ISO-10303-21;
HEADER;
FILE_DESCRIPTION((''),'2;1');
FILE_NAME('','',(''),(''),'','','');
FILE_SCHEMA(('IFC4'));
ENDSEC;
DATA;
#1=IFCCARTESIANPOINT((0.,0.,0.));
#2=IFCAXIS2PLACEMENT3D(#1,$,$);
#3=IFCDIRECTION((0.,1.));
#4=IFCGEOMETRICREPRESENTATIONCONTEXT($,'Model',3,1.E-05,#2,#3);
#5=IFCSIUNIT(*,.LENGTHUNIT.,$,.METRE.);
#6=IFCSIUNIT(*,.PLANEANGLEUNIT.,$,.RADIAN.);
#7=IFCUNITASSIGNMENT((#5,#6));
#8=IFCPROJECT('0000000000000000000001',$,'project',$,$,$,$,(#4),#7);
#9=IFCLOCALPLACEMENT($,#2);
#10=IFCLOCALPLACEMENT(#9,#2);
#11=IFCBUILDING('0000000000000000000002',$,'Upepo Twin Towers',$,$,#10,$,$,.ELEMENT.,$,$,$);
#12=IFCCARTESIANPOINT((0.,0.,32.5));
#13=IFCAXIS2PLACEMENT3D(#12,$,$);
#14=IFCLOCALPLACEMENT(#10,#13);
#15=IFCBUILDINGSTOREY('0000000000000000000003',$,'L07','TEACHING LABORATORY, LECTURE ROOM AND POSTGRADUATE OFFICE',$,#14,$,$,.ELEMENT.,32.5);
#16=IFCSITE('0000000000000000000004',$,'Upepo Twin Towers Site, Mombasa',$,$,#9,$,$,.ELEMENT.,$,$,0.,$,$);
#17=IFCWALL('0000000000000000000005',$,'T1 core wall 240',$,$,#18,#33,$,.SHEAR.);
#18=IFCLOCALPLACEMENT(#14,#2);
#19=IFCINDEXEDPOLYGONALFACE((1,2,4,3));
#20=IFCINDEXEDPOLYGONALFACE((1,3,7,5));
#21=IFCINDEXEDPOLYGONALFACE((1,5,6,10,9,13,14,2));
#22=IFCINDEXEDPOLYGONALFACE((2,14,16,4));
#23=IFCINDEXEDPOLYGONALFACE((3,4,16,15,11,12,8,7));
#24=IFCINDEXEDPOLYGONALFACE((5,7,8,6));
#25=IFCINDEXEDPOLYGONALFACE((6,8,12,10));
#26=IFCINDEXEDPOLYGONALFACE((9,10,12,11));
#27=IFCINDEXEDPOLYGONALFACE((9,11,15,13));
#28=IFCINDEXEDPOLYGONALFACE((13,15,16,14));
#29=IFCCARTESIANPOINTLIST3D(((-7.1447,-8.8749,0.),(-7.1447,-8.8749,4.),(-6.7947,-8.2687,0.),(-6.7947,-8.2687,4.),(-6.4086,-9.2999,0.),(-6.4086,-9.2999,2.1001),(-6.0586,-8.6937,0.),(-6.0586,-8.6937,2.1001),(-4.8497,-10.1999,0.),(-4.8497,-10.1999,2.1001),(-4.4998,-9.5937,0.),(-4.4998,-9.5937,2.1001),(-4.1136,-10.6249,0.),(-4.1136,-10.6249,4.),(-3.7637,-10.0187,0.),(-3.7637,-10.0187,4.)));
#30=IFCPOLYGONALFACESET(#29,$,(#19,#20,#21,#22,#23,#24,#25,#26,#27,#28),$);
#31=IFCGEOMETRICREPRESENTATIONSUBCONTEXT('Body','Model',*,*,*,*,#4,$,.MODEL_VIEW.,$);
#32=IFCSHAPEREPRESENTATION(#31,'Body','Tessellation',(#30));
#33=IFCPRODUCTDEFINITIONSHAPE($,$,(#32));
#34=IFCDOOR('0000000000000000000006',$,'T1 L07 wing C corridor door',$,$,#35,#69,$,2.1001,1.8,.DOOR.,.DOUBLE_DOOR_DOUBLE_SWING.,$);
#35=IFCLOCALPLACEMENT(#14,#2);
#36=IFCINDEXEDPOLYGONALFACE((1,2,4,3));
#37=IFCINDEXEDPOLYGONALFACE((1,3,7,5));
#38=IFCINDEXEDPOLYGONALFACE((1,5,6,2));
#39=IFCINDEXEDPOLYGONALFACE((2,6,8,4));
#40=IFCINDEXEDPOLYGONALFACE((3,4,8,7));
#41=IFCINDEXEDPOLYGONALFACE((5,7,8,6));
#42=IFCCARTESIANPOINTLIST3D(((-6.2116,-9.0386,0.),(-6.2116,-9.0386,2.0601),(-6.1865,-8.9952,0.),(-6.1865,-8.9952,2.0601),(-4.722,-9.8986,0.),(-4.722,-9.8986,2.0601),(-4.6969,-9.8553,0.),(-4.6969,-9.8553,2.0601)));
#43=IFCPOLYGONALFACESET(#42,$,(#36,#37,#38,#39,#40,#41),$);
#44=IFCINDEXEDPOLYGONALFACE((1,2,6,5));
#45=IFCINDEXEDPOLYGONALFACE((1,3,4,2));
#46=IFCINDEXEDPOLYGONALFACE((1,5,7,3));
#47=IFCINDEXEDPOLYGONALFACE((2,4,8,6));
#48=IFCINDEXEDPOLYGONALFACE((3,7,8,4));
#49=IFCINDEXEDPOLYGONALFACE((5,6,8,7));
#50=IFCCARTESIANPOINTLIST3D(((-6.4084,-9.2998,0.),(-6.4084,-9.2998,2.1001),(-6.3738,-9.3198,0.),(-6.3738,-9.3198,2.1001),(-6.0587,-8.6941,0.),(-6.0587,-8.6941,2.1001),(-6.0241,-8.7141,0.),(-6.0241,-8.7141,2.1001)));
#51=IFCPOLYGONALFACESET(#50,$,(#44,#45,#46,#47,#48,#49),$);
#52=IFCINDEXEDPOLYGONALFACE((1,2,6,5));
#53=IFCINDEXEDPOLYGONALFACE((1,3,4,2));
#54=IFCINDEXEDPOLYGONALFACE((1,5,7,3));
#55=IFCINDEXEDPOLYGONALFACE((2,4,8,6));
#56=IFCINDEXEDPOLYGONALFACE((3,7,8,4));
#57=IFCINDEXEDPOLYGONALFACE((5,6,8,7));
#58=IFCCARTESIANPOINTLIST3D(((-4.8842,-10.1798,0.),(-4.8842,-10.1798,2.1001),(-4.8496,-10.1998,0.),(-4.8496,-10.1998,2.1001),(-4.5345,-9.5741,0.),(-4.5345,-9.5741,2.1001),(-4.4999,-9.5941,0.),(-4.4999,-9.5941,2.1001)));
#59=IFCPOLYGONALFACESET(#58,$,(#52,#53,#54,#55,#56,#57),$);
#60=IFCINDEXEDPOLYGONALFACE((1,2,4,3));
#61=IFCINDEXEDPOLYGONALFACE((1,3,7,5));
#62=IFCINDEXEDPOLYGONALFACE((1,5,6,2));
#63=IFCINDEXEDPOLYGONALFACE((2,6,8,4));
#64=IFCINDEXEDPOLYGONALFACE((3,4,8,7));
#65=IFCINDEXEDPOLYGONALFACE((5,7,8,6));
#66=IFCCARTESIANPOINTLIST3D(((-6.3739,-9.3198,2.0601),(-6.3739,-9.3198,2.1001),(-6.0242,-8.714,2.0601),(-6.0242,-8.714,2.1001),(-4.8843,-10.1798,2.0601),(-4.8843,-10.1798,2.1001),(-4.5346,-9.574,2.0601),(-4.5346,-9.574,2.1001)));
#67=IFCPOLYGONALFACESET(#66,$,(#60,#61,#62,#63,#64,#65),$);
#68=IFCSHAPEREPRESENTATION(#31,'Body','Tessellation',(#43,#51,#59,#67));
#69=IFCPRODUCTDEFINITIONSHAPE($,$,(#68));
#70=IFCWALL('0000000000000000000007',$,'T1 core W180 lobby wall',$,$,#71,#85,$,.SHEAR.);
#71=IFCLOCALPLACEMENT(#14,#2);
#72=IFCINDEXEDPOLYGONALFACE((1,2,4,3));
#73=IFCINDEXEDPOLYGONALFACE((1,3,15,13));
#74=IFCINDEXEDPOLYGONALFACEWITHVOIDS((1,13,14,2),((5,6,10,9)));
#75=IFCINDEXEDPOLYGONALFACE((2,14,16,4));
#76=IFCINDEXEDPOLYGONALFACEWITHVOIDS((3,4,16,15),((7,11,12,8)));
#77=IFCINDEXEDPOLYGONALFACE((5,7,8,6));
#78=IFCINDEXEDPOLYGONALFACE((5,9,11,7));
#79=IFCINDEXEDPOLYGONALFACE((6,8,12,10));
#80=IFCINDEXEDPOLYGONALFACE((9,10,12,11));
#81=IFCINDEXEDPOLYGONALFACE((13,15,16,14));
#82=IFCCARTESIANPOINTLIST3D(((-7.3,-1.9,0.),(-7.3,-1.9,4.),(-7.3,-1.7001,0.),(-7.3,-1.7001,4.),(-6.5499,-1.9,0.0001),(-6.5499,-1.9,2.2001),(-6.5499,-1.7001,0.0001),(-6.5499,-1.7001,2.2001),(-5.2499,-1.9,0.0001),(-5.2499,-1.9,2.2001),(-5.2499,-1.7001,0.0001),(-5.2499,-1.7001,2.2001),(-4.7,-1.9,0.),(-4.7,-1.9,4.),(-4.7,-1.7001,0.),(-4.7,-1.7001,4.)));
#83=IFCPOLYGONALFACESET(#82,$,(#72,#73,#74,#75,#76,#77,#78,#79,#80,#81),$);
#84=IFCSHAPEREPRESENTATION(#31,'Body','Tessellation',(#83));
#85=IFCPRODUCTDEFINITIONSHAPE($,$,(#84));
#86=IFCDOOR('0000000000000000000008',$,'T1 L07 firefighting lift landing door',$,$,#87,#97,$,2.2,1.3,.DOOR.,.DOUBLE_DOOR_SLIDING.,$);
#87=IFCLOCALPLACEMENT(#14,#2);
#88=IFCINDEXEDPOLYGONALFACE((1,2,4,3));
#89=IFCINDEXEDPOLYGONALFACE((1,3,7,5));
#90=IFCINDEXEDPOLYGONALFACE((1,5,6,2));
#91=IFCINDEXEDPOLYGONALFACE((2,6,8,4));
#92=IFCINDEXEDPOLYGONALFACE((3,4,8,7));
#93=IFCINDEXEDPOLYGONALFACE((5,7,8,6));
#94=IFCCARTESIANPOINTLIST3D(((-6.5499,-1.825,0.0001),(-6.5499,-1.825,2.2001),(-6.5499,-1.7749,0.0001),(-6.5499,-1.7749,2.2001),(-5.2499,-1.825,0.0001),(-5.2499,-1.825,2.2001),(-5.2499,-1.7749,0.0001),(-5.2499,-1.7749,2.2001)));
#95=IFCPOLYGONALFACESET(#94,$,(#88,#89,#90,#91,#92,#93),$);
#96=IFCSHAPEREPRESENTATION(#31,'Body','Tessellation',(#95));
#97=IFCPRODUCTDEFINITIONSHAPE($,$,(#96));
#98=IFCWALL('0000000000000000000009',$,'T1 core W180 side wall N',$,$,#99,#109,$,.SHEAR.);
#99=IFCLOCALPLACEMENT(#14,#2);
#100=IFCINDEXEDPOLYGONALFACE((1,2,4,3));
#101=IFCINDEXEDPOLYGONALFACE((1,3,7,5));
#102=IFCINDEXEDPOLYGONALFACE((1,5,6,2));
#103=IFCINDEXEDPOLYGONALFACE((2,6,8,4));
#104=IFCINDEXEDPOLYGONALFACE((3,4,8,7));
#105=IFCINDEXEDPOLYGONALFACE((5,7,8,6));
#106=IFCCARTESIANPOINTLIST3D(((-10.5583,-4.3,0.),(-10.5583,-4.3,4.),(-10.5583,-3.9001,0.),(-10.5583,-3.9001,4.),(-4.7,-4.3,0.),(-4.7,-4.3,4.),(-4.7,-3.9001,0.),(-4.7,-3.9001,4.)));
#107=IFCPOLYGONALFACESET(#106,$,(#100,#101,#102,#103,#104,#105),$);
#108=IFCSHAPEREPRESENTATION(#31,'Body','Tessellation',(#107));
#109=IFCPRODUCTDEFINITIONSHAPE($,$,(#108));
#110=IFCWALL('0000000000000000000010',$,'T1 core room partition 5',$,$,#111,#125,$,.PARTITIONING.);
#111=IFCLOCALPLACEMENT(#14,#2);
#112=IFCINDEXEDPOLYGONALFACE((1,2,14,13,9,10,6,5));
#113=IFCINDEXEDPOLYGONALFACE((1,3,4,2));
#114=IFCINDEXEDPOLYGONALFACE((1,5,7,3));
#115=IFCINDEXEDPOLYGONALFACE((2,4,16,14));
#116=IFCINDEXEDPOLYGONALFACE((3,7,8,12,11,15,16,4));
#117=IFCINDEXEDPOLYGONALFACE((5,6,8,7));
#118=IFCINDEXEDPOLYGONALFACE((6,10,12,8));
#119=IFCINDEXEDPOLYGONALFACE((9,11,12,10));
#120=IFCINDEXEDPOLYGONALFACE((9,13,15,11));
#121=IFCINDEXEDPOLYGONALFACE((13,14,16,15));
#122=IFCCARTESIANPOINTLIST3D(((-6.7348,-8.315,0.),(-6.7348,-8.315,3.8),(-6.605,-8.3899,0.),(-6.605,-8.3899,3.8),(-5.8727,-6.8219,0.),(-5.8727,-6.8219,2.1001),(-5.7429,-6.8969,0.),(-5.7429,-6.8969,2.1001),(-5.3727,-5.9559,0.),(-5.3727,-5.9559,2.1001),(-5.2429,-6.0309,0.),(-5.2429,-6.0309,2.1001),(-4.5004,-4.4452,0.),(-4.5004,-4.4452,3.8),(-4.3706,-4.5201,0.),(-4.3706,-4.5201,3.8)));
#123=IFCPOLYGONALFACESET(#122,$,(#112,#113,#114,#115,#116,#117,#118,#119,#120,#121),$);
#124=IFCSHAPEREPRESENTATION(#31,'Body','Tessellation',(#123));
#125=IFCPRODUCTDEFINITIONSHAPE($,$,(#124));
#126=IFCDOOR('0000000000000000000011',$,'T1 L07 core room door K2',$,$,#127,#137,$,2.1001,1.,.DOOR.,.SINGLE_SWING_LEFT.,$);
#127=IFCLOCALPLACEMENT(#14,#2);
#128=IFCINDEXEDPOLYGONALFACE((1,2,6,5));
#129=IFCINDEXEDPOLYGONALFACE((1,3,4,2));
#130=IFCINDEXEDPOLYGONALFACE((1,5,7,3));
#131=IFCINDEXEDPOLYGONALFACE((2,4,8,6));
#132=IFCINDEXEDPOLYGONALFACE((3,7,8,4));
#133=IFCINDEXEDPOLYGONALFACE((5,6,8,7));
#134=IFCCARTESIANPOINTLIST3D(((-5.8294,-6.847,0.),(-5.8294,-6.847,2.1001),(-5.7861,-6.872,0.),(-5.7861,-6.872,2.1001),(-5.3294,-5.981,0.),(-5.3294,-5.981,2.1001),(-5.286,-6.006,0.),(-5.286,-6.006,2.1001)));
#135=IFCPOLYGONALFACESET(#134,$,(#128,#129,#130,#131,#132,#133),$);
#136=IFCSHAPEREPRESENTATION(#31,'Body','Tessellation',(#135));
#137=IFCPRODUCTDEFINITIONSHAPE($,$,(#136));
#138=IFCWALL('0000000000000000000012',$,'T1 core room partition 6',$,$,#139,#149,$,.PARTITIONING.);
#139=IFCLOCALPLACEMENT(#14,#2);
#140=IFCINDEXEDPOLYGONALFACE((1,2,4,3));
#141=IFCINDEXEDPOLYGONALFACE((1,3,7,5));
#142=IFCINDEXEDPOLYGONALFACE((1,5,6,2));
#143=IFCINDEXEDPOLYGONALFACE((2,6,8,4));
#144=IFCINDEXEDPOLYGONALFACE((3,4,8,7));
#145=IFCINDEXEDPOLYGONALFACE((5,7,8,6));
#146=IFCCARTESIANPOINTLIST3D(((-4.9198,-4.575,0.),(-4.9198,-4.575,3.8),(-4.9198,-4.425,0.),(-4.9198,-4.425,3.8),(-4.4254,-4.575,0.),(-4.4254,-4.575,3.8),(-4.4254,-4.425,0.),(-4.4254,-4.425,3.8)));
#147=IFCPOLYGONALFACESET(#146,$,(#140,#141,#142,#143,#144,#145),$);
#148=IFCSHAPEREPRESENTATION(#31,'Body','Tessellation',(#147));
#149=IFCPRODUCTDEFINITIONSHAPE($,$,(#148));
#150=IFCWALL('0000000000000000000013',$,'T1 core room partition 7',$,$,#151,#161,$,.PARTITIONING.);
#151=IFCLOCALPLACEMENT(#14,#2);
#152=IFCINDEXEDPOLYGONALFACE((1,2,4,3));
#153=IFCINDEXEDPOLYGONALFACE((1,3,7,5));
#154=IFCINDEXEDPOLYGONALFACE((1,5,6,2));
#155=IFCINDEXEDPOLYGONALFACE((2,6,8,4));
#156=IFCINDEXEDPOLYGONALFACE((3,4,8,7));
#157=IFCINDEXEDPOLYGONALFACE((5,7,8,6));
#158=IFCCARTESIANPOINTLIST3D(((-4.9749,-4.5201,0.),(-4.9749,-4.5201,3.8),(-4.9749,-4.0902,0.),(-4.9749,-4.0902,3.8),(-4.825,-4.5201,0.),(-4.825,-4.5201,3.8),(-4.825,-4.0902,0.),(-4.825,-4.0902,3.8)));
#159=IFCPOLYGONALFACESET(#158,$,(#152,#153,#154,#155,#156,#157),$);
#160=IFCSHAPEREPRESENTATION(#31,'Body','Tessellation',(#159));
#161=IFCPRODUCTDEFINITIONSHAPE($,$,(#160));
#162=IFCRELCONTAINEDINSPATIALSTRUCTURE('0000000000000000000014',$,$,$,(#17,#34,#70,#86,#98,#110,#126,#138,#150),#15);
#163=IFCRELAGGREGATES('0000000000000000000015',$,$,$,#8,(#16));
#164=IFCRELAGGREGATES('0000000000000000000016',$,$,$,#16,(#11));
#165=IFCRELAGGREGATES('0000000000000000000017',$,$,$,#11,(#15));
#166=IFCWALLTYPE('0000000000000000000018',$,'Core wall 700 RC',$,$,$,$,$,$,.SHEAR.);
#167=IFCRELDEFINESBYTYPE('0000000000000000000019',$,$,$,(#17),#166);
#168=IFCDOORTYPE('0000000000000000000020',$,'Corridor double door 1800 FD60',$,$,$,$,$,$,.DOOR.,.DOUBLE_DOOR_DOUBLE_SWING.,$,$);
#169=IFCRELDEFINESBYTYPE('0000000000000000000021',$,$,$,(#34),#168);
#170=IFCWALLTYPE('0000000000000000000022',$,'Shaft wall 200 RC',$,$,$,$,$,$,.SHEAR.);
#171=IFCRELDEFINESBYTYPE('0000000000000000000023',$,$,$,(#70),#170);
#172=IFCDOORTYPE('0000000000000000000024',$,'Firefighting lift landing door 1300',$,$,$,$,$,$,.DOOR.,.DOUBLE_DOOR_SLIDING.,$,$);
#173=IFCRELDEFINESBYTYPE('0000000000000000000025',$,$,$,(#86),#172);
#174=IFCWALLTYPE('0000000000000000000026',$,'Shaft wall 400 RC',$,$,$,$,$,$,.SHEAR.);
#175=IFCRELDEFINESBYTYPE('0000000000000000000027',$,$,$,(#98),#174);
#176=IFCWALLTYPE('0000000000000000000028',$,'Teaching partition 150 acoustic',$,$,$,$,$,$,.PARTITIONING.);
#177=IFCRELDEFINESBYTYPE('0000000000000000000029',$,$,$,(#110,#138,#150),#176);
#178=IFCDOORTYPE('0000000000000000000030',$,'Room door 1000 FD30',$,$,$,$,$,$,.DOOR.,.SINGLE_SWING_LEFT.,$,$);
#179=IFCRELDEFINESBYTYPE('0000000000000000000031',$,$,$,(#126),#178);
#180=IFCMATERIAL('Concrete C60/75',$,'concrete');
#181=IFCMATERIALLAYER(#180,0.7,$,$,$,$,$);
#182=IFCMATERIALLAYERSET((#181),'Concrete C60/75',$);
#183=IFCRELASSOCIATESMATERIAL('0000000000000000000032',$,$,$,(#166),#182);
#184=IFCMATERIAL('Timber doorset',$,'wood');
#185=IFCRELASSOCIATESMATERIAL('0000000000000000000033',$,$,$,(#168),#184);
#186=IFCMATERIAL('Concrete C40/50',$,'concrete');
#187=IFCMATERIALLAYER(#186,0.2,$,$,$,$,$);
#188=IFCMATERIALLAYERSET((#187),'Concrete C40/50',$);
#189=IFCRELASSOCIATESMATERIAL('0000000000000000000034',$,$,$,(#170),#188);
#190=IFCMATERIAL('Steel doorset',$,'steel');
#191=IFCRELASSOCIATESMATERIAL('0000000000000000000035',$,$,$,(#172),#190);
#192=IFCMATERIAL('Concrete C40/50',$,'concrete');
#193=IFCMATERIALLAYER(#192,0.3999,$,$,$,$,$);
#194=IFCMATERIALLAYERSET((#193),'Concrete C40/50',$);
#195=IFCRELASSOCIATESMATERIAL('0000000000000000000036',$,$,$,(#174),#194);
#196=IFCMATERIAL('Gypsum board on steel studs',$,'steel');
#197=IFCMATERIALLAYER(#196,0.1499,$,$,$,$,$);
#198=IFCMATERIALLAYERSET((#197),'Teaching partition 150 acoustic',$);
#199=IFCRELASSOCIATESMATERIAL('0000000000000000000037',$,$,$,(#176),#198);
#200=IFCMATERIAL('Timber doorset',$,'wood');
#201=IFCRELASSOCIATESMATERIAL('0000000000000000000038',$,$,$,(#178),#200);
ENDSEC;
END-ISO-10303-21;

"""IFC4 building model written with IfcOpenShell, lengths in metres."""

from ifc_helpers import new_model, si_unit, direction, frame, frame_2d, origin, place, context, subcontext, project, spatial, rectangle, extrude, material, layer, layer_set, type_object, element, fill, save


model = new_model("IFC4")

# Units and contexts
model_context = context("Model", 3, precision=1e-05, world=origin(), true_north=direction((0.0, 1.0)))
body_context = subcontext(model_context, "Body", "Model", "MODEL_VIEW")
ifc_project = project(units=[si_unit("LENGTHUNIT", "METRE"), si_unit("PLANEANGLEUNIT", "RADIAN")], contexts=[model_context])

# Site, building, storey
site_placement = place(None, origin())
site = spatial("IfcSite", under=ifc_project, at=site_placement, Name="Upepo Twin Towers Site, Mombasa", CompositionType="ELEMENT", RefElevation=0.0)
building_placement = place(site_placement, origin())
building = spatial("IfcBuilding", under=site, at=building_placement, Name="Upepo Twin Towers", CompositionType="ELEMENT")
storey_placement = place(building_placement, frame((0.0, 0.0, 32.5)))
storey = spatial("IfcBuildingStorey", under=building, at=storey_placement, Name="L07", Description="TEACHING LABORATORY, LECTURE ROOM AND POSTGRADUATE OFFICE", CompositionType="ELEMENT", Elevation=32.5)

# Shared definitions
ifc_material_1 = material(Name="Concrete C60/75", Category="concrete")
ifc_layer_1 = layer(ifc_material_1, 0.7)
ifc_layer_set_1 = layer_set([ifc_layer_1], Name="Concrete C60/75")
wall_type_1 = type_object("IfcWallType", Name="Core wall 700 RC", PredefinedType="SHEAR", material=ifc_layer_set_1)

# Walls, openings, doors
wall_1_placement = place(storey_placement, frame((-6.9697, -8.5718, 0.0), z_axis=(0.0, 0.0, 1.0), x_axis=(0.866019, -0.50001, 0.0)))
wall_1 = element("IfcWall", 1, at=wall_1_placement, inside=storey, type_object=wall_type_1, Name="T1 core wall 240", PredefinedType="SHEAR", context=body_context, shape_type="SweptSolid", body=[
    extrude(rectangle(XDim=3.5, YDim=0.7, at=frame_2d((1.75, 0.0))), origin(), (0.0, 0.0, 1.0), 4.0),
])
opening_1_placement = place(wall_1_placement, frame((0.8501, 0.0, 0.0)))
opening_1 = element("IfcOpeningElement", 2, at=opening_1_placement, cuts=wall_1, PredefinedType="OPENING", context=body_context, shape_type="SweptSolid", body=[
    extrude(rectangle(XDim=1.8, YDim=2.1001, at=frame_2d((0.8999, 1.05))), frame((0.0, 0.3599, 0.0), z_axis=(0.0, -1.0, 0.0), x_axis=(1.0, 0.0, 0.0)), (0.0, 0.0, 1.0), 0.72),
])
ifc_material_2 = material(Name="Timber doorset", Category="wood")
door_type_1 = type_object("IfcDoorType", Name="Corridor double door 1800 FD60", OperationType="DOUBLE_DOOR_DOUBLE_SWING", PredefinedType="DOOR", material=ifc_material_2)
door_1_placement = place(opening_1_placement, origin())
door_1 = element("IfcDoor", 3, at=door_1_placement, inside=storey, type_object=door_type_1, Name="T1 L07 wing C corridor door", OperationType="DOUBLE_DOOR_DOUBLE_SWING", OverallHeight=2.1001, OverallWidth=1.8, PredefinedType="DOOR", context=body_context, shape_type="SweptSolid", body=[
    extrude(rectangle(XDim=1.72, YDim=2.0601, at=frame_2d((0.8999, 1.03))), frame((0.0, 0.0249, 0.0), z_axis=(0.0, -1.0, 0.0), x_axis=(1.0, 0.0, 0.0)), (0.0, 0.0, 1.0), 0.05),
    extrude(rectangle(XDim=0.04, YDim=2.1001, at=frame_2d((0.02, 1.05))), frame((0.0, 0.3496, 0.0), z_axis=(0.0, -1.0, 0.0), x_axis=(1.0, 0.0, 0.0)), (0.0, 0.0, 1.0), 0.6995),
    extrude(rectangle(XDim=0.04, YDim=2.1001, at=frame_2d((1.78, 1.05))), frame((0.0, 0.3496, 0.0), z_axis=(0.0, -1.0, 0.0), x_axis=(1.0, 0.0, 0.0)), (0.0, 0.0, 1.0), 0.6995),
    extrude(rectangle(XDim=1.72, YDim=0.04, at=frame_2d((0.8999, 2.0801))), frame((0.0, 0.3496, 0.0), z_axis=(0.0, -1.0, 0.0), x_axis=(1.0, 0.0, 0.0)), (0.0, 0.0, 1.0), 0.6995),
])
fill(opening_1, door_1)
ifc_material_3 = material(Name="Concrete C40/50", Category="concrete")
ifc_layer_2 = layer(ifc_material_3, 0.2)
ifc_layer_set_2 = layer_set([ifc_layer_2], Name="Concrete C40/50")
wall_type_2 = type_object("IfcWallType", Name="Shaft wall 200 RC", PredefinedType="SHEAR", material=ifc_layer_set_2)
wall_2_placement = place(storey_placement, frame((-4.7, -1.8, 0.0), z_axis=(0.0, 0.0, 1.0), x_axis=(-1.0, 0.0, 0.0)))
wall_2 = element("IfcWall", 4, at=wall_2_placement, inside=storey, type_object=wall_type_2, Name="T1 core W180 lobby wall", PredefinedType="SHEAR", context=body_context, shape_type="SweptSolid", body=[
    extrude(rectangle(XDim=2.6001, YDim=0.2, at=frame_2d((1.3, 0.0))), origin(), (0.0, 0.0, 1.0), 4.0),
])
opening_2_placement = place(wall_2_placement, frame((0.55, 0.0, 0.0)))
opening_2 = element("IfcOpeningElement", 5, at=opening_2_placement, cuts=wall_2, PredefinedType="OPENING", context=body_context, shape_type="SweptSolid", body=[
    extrude(rectangle(XDim=1.3, YDim=2.2, at=frame_2d((0.6499, 1.1001))), frame((0.0, 0.1099, 0.0), z_axis=(0.0, -1.0, 0.0), x_axis=(1.0, 0.0, 0.0)), (0.0, 0.0, 1.0), 0.22),
])
ifc_material_4 = material(Name="Steel doorset", Category="steel")
door_type_2 = type_object("IfcDoorType", Name="Firefighting lift landing door 1300", OperationType="DOUBLE_DOOR_SLIDING", PredefinedType="DOOR", material=ifc_material_4)
door_2_placement = place(opening_2_placement, origin())
door_2 = element("IfcDoor", 6, at=door_2_placement, inside=storey, type_object=door_type_2, Name="T1 L07 firefighting lift landing door", OperationType="DOUBLE_DOOR_SLIDING", OverallHeight=2.2, OverallWidth=1.3, PredefinedType="DOOR", context=body_context, shape_type="SweptSolid", body=[
    extrude(rectangle(XDim=1.3, YDim=2.2, at=frame_2d((0.6499, 1.1001))), frame((0.0, 0.0249, 0.0), z_axis=(0.0, -1.0, 0.0), x_axis=(1.0, 0.0, 0.0)), (0.0, 0.0, 1.0), 0.05),
])
fill(opening_2, door_2)

# Wall
ifc_material_5 = material(Name="Concrete C40/50", Category="concrete")
ifc_layer_3 = layer(ifc_material_5, 0.3999)
ifc_layer_set_3 = layer_set([ifc_layer_3], Name="Concrete C40/50")
wall_type_3 = type_object("IfcWallType", Name="Shaft wall 400 RC", PredefinedType="SHEAR", material=ifc_layer_set_3)
wall_3_placement = place(storey_placement, frame((-4.7, -4.1001, 0.0), z_axis=(0.0, 0.0, 1.0), x_axis=(-1.0, 0.0, 0.0)))
element("IfcWall", 7, at=wall_3_placement, inside=storey, type_object=wall_type_3, Name="T1 core W180 side wall N", PredefinedType="SHEAR", context=body_context, shape_type="SweptSolid", body=[
    extrude(rectangle(XDim=5.8584, YDim=0.3999, at=frame_2d((2.9292, 0.0))), origin(), (0.0, 0.0, 1.0), 4.0),
])

# Wall, opening, door
ifc_material_6 = material(Name="Gypsum board on steel studs", Category="steel")
ifc_layer_4 = layer(ifc_material_6, 0.1499)
ifc_layer_set_4 = layer_set([ifc_layer_4], Name="Teaching partition 150 acoustic")
wall_type_4 = type_object("IfcWallType", Name="Teaching partition 150 acoustic", PredefinedType="PARTITIONING", material=ifc_layer_set_4)
wall_4_placement = place(storey_placement, frame((-6.6699, -8.3525, 0.0), z_axis=(0.0, 0.0, 1.0), x_axis=(0.500017, 0.866015, 0.0)))
wall_4 = element("IfcWall", 8, at=wall_4_placement, inside=storey, type_object=wall_type_4, Name="T1 core room partition 5", PredefinedType="PARTITIONING", context=body_context, shape_type="SweptSolid", body=[
    extrude(rectangle(XDim=4.4685, YDim=0.1499, at=frame_2d((2.2344, 0.0))), origin(), (0.0, 0.0, 1.0), 3.8),
])
opening_3_placement = place(wall_4_placement, frame((1.7241, 0.0, 0.0)))
opening_3 = element("IfcOpeningElement", 9, at=opening_3_placement, cuts=wall_4, PredefinedType="OPENING", context=body_context, shape_type="SweptSolid", body=[
    extrude(rectangle(XDim=1.0, YDim=2.1001, at=frame_2d((0.5, 1.05))), frame((0.0, 0.085, 0.0), z_axis=(0.0, -1.0, 0.0), x_axis=(1.0, 0.0, 0.0)), (0.0, 0.0, 1.0), 0.1699),
])
ifc_material_7 = material(Name="Timber doorset", Category="wood")
door_type_3 = type_object("IfcDoorType", Name="Room door 1000 FD30", OperationType="SINGLE_SWING_LEFT", PredefinedType="DOOR", material=ifc_material_7)
door_3_placement = place(opening_3_placement, origin())
door_3 = element("IfcDoor", 10, at=door_3_placement, inside=storey, type_object=door_type_3, Name="T1 L07 core room door K2", OperationType="SINGLE_SWING_LEFT", OverallHeight=2.1001, OverallWidth=1.0, PredefinedType="DOOR", context=body_context, shape_type="SweptSolid", body=[
    extrude(rectangle(XDim=1.0, YDim=2.1001, at=frame_2d((0.5, 1.05))), frame((0.0, 0.0249, 0.0), z_axis=(0.0, -1.0, 0.0), x_axis=(1.0, 0.0, 0.0)), (0.0, 0.0, 1.0), 0.05),
])
fill(opening_3, door_3)

# Walls
wall_5_placement = place(storey_placement, frame((-4.4255, -4.5, 0.0), z_axis=(0.0, 0.0, 1.0), x_axis=(-1.0, 0.0, 0.0)))
element("IfcWall", 11, at=wall_5_placement, inside=storey, type_object=wall_type_4, Name="T1 core room partition 6", PredefinedType="PARTITIONING", context=body_context, shape_type="SweptSolid", body=[
    extrude(rectangle(XDim=0.4944, YDim=0.1499, at=frame_2d((0.2471, 0.0))), origin(), (0.0, 0.0, 1.0), 3.8),
])
wall_6_placement = place(storey_placement, frame((-4.8999, -4.52, 0.0), z_axis=(0.0, 0.0, 1.0), x_axis=(0.0, 1.0, 0.0)))
element("IfcWall", 12, at=wall_6_placement, inside=storey, type_object=wall_type_4, Name="T1 core room partition 7", PredefinedType="PARTITIONING", context=body_context, shape_type="SweptSolid", body=[
    extrude(rectangle(XDim=0.4299, YDim=0.1499, at=frame_2d((0.2148, 0.0))), origin(), (0.0, 0.0, 1.0), 3.8),
])

save(model, "model.ifc")
